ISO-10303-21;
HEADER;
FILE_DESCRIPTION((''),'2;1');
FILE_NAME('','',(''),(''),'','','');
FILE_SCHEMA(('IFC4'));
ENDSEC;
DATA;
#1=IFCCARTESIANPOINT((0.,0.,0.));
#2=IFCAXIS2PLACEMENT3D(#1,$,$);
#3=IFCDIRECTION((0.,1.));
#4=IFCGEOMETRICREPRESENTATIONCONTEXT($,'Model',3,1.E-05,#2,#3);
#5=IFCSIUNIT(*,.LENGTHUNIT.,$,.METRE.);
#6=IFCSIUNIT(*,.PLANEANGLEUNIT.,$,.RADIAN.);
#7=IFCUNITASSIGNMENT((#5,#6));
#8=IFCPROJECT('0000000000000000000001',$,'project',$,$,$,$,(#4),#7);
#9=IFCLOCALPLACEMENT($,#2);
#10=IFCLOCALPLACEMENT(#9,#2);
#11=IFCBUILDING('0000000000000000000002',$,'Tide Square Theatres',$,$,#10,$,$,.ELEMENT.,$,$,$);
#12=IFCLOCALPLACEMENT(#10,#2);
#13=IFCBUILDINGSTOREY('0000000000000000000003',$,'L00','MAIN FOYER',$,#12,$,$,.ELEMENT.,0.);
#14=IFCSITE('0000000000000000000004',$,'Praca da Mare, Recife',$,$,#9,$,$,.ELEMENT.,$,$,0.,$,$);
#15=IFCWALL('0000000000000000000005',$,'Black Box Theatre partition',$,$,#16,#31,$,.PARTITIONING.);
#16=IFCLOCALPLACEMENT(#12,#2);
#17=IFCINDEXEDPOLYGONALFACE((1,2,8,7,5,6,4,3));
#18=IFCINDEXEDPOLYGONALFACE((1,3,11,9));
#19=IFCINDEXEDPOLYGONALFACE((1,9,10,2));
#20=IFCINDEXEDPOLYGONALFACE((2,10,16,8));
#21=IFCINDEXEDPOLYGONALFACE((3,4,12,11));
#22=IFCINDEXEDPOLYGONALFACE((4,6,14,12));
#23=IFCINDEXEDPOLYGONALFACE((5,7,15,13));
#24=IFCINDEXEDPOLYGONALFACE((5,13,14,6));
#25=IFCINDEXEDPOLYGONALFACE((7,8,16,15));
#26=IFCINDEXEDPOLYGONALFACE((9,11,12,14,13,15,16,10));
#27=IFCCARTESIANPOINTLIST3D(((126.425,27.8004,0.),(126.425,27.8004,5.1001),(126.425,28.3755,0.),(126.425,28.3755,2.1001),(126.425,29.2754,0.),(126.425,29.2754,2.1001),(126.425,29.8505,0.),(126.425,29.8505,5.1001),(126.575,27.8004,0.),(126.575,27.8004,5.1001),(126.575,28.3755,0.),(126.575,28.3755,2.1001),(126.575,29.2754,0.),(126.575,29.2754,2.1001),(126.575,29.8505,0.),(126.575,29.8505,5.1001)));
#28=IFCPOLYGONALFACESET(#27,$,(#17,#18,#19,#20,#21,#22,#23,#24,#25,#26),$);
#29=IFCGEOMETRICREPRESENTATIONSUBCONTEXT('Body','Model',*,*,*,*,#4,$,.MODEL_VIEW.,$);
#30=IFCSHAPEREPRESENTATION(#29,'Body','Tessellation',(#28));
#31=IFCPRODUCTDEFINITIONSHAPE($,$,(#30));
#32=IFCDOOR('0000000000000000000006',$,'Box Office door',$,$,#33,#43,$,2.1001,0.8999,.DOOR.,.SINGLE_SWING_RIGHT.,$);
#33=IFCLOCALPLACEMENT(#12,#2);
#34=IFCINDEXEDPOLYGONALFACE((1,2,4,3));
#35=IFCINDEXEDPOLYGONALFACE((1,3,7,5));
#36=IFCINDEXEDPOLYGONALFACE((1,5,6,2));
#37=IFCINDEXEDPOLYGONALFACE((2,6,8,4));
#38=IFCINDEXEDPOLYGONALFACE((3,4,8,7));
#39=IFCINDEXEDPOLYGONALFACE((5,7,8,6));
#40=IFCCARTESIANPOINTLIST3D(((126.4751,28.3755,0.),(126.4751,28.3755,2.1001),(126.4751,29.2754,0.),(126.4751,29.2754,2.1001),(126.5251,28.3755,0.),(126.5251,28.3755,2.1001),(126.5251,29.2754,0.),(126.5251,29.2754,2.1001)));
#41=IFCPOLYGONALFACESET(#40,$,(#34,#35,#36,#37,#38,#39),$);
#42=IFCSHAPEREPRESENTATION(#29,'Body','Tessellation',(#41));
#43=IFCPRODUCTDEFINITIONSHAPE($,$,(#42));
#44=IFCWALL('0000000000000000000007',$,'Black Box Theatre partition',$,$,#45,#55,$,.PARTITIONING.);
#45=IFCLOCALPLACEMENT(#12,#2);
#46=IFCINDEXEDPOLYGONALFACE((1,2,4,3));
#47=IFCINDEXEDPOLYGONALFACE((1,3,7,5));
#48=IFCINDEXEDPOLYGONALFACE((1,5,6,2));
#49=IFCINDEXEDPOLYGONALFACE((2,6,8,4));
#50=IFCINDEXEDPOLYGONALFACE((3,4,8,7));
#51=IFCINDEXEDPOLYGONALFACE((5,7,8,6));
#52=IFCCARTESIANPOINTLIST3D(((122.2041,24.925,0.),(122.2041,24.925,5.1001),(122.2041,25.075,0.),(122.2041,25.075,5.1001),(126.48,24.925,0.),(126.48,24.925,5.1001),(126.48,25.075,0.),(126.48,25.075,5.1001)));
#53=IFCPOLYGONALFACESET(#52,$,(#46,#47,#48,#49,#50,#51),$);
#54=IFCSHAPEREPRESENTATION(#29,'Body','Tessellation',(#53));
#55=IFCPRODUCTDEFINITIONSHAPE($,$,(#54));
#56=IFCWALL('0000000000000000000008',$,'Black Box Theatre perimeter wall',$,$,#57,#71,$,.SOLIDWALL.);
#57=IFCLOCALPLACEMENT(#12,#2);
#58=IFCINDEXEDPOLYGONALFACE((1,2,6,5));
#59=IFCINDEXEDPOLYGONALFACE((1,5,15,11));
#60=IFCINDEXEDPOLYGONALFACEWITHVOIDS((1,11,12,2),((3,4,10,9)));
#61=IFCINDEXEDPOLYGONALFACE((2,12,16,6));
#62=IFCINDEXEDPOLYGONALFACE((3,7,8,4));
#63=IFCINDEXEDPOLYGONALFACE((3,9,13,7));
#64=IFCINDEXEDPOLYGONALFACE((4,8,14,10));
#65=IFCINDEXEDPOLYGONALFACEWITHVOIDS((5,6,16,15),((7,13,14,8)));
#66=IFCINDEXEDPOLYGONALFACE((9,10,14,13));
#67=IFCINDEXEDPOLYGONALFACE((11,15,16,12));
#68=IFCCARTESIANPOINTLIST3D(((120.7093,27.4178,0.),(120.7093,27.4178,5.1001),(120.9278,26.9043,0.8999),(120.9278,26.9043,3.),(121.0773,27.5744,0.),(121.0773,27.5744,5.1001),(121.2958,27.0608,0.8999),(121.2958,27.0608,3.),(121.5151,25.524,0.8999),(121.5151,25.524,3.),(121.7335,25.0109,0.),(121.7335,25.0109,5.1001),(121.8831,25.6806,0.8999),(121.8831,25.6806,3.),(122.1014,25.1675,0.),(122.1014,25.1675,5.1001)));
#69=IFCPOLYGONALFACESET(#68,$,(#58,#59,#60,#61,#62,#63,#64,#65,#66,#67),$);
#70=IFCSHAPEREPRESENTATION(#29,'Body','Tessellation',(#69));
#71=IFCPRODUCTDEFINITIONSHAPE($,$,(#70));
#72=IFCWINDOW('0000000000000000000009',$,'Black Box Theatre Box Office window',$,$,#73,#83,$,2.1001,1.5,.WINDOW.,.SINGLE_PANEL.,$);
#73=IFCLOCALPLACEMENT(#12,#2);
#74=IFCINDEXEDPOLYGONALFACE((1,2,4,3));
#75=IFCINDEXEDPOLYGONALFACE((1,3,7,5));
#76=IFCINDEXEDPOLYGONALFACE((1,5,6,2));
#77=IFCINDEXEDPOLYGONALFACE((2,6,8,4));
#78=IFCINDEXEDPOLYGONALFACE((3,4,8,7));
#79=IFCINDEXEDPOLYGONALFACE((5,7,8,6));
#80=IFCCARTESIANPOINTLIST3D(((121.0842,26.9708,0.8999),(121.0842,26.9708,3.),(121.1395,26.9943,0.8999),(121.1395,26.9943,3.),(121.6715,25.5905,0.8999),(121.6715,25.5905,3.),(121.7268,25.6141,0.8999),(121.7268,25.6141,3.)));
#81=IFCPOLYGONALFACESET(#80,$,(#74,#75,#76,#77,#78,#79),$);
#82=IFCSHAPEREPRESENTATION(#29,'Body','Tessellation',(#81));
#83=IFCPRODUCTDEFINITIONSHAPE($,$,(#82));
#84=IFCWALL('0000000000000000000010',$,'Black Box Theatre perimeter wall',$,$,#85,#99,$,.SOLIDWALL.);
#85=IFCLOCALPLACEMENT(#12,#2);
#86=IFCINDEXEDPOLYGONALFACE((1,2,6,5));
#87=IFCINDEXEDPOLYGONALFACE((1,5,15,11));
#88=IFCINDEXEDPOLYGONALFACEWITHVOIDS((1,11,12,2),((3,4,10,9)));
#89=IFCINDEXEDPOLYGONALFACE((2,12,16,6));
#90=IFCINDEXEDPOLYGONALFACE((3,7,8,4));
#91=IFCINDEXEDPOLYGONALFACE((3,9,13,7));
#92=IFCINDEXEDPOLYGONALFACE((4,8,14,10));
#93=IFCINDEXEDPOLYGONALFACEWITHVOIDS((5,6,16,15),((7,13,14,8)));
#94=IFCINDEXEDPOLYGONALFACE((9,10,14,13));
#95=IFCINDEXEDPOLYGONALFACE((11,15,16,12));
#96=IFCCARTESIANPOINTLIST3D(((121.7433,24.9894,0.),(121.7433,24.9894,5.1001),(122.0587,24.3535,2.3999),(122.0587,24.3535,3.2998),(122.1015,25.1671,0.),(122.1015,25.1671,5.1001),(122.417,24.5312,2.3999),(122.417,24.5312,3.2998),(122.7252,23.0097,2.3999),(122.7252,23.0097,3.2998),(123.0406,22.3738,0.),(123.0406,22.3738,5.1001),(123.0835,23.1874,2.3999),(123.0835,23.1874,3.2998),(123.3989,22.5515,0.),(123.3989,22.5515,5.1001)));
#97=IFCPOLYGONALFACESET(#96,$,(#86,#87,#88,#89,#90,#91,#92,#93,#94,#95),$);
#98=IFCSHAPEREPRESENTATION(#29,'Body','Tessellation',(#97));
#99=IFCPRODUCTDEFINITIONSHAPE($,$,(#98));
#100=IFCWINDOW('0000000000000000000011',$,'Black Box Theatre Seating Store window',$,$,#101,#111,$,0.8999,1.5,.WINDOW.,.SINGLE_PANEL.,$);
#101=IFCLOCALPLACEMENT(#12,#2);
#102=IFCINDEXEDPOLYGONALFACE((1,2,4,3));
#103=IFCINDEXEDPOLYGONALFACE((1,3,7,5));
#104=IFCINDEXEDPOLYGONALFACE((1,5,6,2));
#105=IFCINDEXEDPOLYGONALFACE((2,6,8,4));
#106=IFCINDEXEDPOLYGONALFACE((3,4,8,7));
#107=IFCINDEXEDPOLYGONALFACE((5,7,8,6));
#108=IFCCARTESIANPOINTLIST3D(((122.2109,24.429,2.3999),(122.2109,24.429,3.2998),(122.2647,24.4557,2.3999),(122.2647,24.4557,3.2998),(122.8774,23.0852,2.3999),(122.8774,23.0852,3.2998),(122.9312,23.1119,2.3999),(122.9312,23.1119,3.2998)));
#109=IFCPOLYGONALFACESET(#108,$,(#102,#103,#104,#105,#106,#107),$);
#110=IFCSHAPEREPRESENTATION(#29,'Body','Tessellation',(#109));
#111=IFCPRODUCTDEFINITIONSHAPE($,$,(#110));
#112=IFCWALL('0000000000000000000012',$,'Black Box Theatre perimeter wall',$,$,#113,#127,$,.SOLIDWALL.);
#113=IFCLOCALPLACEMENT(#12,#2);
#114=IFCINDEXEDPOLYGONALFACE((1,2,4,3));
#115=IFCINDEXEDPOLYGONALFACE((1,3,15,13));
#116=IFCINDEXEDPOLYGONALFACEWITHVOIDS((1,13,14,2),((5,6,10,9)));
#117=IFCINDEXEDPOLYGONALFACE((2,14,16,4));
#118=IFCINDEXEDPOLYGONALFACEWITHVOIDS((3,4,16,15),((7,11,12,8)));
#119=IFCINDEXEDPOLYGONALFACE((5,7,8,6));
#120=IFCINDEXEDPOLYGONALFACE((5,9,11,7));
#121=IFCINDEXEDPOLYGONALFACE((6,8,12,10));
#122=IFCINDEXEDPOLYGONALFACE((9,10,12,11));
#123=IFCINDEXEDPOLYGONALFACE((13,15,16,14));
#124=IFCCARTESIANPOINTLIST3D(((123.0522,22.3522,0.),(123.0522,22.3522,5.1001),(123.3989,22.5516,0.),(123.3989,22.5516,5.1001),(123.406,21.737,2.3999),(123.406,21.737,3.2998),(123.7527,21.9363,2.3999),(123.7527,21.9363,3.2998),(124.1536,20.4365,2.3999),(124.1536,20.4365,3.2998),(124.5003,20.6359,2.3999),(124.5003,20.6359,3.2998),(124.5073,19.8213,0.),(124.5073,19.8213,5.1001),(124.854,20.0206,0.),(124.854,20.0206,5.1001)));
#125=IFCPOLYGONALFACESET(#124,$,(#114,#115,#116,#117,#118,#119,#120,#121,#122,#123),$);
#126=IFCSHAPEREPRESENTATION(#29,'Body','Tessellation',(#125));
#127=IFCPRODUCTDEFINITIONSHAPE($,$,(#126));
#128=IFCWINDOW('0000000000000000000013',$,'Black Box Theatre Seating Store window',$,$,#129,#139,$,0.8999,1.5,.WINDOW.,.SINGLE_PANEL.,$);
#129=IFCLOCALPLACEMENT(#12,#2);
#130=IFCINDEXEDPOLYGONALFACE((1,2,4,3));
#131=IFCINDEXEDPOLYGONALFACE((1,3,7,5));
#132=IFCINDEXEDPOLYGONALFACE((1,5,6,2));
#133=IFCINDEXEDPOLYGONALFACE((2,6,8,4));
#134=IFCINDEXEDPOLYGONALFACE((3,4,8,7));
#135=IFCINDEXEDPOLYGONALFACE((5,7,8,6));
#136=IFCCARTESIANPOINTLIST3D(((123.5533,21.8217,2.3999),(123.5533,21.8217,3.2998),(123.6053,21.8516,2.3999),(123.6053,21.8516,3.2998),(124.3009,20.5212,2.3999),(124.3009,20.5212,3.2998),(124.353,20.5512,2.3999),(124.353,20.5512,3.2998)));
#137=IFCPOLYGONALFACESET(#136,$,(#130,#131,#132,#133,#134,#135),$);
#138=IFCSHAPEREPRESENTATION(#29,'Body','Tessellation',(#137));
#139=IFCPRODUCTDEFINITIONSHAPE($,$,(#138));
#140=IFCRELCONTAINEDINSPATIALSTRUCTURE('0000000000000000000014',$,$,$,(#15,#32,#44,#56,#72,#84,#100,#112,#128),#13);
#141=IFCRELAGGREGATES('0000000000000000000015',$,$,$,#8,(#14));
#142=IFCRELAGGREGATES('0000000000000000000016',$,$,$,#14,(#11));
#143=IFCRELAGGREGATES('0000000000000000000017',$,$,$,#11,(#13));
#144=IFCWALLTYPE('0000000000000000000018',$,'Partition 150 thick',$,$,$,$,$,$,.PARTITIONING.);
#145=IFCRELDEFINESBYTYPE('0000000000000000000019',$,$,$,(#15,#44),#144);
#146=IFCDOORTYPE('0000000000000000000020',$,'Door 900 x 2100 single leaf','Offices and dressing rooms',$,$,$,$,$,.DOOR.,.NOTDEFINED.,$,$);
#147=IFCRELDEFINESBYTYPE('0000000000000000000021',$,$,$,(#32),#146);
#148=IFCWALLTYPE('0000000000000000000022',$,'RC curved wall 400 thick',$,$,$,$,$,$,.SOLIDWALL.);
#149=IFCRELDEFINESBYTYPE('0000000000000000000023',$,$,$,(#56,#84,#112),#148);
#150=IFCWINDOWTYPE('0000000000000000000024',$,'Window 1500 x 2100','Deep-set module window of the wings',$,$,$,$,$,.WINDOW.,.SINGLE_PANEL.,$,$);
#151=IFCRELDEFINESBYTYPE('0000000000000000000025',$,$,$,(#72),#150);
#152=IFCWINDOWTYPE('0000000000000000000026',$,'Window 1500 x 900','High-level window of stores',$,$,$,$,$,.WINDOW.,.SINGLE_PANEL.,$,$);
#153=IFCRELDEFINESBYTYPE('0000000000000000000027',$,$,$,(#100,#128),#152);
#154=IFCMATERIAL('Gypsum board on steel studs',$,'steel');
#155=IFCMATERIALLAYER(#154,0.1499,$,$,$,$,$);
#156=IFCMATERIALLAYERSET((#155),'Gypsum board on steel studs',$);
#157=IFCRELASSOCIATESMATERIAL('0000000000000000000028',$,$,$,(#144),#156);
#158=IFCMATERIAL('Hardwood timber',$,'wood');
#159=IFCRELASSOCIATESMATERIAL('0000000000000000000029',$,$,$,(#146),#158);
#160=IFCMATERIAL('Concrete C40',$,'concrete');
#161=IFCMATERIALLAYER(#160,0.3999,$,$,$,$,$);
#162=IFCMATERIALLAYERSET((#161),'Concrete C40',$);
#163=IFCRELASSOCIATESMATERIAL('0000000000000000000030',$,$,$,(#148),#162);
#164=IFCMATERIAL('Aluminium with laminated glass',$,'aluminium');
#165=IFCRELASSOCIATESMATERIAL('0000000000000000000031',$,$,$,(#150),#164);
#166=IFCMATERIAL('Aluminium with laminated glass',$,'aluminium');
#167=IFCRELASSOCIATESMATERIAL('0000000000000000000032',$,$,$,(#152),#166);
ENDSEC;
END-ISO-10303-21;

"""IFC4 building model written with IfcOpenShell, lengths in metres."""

from ifc_helpers import new_model, si_unit, direction, frame, frame_2d, origin, place, context, subcontext, project, spatial, rectangle, extrude, material, layer, layer_set, type_object, element, fill, save


model = new_model("IFC4")

# Units and contexts
model_context = context("Model", 3, precision=1e-05, world=origin(), true_north=direction((0.0, 1.0)))
body_context = subcontext(model_context, "Body", "Model", "MODEL_VIEW")
ifc_project = project(units=[si_unit("LENGTHUNIT", "METRE"), si_unit("PLANEANGLEUNIT", "RADIAN")], contexts=[model_context])

# Site, building, storey
site_placement = place(None, origin())
site = spatial("IfcSite", under=ifc_project, at=site_placement, Name="Praca da Mare, Recife", CompositionType="ELEMENT", RefElevation=0.0)
building_placement = place(site_placement, origin())
building = spatial("IfcBuilding", under=site, at=building_placement, Name="Tide Square Theatres", CompositionType="ELEMENT")
storey_placement = place(building_placement, origin())
storey = spatial("IfcBuildingStorey", under=building, at=storey_placement, Name="L00", Description="MAIN FOYER", CompositionType="ELEMENT", Elevation=0.0)

# Shared definitions
ifc_material_1 = material(Name="Gypsum board on steel studs", Category="steel")
ifc_layer_1 = layer(ifc_material_1, 0.1499)
ifc_layer_set_1 = layer_set([ifc_layer_1], Name="Gypsum board on steel studs")
wall_type_1 = type_object("IfcWallType", Name="Partition 150 thick", PredefinedType="PARTITIONING", material=ifc_layer_set_1)

# Wall, opening, door
wall_1_placement = place(storey_placement, frame((126.5, 27.8005, 0.0), z_axis=(0.0, 0.0, 1.0), x_axis=(0.0, 1.0, 0.0)))
wall_1 = element("IfcWall", 1, at=wall_1_placement, inside=storey, type_object=wall_type_1, Name="Black Box Theatre partition", PredefinedType="PARTITIONING", context=body_context, shape_type="SweptSolid", body=[
    extrude(rectangle(XDim=2.05, YDim=0.1499, at=frame_2d((1.0249, 0.0))), origin(), (0.0, 0.0, 1.0), 5.1001),
])
opening_1_placement = place(wall_1_placement, frame((0.575, 0.0, 0.0)))
opening_1 = element("IfcOpeningElement", 2, at=opening_1_placement, cuts=wall_1, PredefinedType="OPENING", context=body_context, shape_type="SweptSolid", body=[
    extrude(rectangle(XDim=0.8999, YDim=2.1001, at=frame_2d((0.45, 1.05))), frame((0.0, 0.085, 0.0), z_axis=(0.0, -1.0, 0.0), x_axis=(1.0, 0.0, 0.0)), (0.0, 0.0, 1.0), 0.1699),
])
ifc_material_2 = material(Name="Hardwood timber", Category="wood")
door_type_1 = type_object("IfcDoorType", Name="Door 900 x 2100 single leaf", Description="Offices and dressing rooms", OperationType="NOTDEFINED", PredefinedType="DOOR", material=ifc_material_2)
door_1_placement = place(opening_1_placement, origin())
door_1 = element("IfcDoor", 3, at=door_1_placement, inside=storey, type_object=door_type_1, Name="Box Office door", OperationType="SINGLE_SWING_RIGHT", OverallHeight=2.1001, OverallWidth=0.8999, PredefinedType="DOOR", context=body_context, shape_type="SweptSolid", body=[
    extrude(rectangle(XDim=0.8999, YDim=2.1001, at=frame_2d((0.45, 1.05))), frame((0.0, 0.0249, 0.0), z_axis=(0.0, -1.0, 0.0), x_axis=(1.0, 0.0, 0.0)), (0.0, 0.0, 1.0), 0.05),
])
fill(opening_1, door_1)

# Wall
wall_2_placement = place(storey_placement, frame((126.48, 25.0, 0.0), z_axis=(0.0, 0.0, 1.0), x_axis=(-1.0, 0.0, 0.0)))
element("IfcWall", 4, at=wall_2_placement, inside=storey, type_object=wall_type_1, Name="Black Box Theatre partition", PredefinedType="PARTITIONING", context=body_context, shape_type="SweptSolid", body=[
    extrude(rectangle(XDim=4.2759, YDim=0.1499, at=frame_2d((2.1379, 0.0))), origin(), (0.0, 0.0, 1.0), 5.1001),
])

# Walls, openings, windows
ifc_material_3 = material(Name="Concrete C40", Category="concrete")
ifc_layer_2 = layer(ifc_material_3, 0.3999)
ifc_layer_set_2 = layer_set([ifc_layer_2], Name="Concrete C40")
wall_type_2 = type_object("IfcWallType", Name="RC curved wall 400 thick", PredefinedType="SOLIDWALL", material=ifc_layer_set_2)
wall_3_placement = place(storey_placement, frame((120.8933, 27.4961, 0.0), z_axis=(0.0, 0.0, 1.0), x_axis=(0.39153, -0.920165, 0.0)))
wall_3 = element("IfcWall", 5, at=wall_3_placement, inside=storey, type_object=wall_type_2, Name="Black Box Theatre perimeter wall", PredefinedType="SOLIDWALL", context=body_context, shape_type="SweptSolid", body=[
    extrude(rectangle(XDim=2.6157, YDim=0.3999, at=frame_2d((1.3079, 0.0))), origin(), (0.0, 0.0, 1.0), 5.1001),
])
opening_2_placement = place(wall_3_placement, frame((0.5581, 0.0, 0.8999)))
opening_2 = element("IfcOpeningElement", 6, at=opening_2_placement, cuts=wall_3, PredefinedType="OPENING", context=body_context, shape_type="SweptSolid", body=[
    extrude(rectangle(XDim=1.5, YDim=2.1001, at=frame_2d((0.75, 1.05))), frame((0.0, 0.21, 0.0), z_axis=(0.0, -1.0, 0.0), x_axis=(1.0, 0.0, 0.0)), (0.0, 0.0, 1.0), 0.4199),
])
ifc_material_4 = material(Name="Aluminium with laminated glass", Category="aluminium")
window_type_1 = type_object("IfcWindowType", Name="Window 1500 x 2100", Description="Deep-set module window of the wings", PartitioningType="SINGLE_PANEL", PredefinedType="WINDOW", material=ifc_material_4)
window_1_placement = place(opening_2_placement, origin())
window_1 = element("IfcWindow", 7, at=window_1_placement, inside=storey, type_object=window_type_1, Name="Black Box Theatre Box Office window", OverallHeight=2.1001, OverallWidth=1.5, PartitioningType="SINGLE_PANEL", PredefinedType="WINDOW", context=body_context, shape_type="SweptSolid", body=[
    extrude(rectangle(XDim=1.5, YDim=2.1001, at=frame_2d((0.75, 1.05))), frame((0.0, 0.03, 0.0), z_axis=(0.0, -1.0, 0.0), x_axis=(1.0, 0.0, 0.0)), (0.0, 0.0, 1.0), 0.0601),
])
fill(opening_2, window_1)
wall_4_placement = place(storey_placement, frame((121.9224, 25.0784, 0.0), z_axis=(0.0, 0.0, 1.0), x_axis=(0.444335, -0.895861, 0.0)))
wall_4 = element("IfcWall", 8, at=wall_4_placement, inside=storey, type_object=wall_type_2, Name="Black Box Theatre perimeter wall", PredefinedType="SOLIDWALL", context=body_context, shape_type="SweptSolid", body=[
    extrude(rectangle(XDim=2.9197, YDim=0.3999, at=frame_2d((1.46, 0.0))), origin(), (0.0, 0.0, 1.0), 5.1001),
])
opening_3_placement = place(wall_4_placement, frame((0.71, 0.0, 2.3999)))
opening_3 = element("IfcOpeningElement", 9, at=opening_3_placement, cuts=wall_4, PredefinedType="OPENING", context=body_context, shape_type="SweptSolid", body=[
    extrude(rectangle(XDim=1.5, YDim=0.8999, at=frame_2d((0.75, 0.45))), frame((0.0, 0.21, 0.0), z_axis=(0.0, -1.0, 0.0), x_axis=(1.0, 0.0, 0.0)), (0.0, 0.0, 1.0), 0.4199),
])
ifc_material_5 = material(Name="Aluminium with laminated glass", Category="aluminium")
window_type_2 = type_object("IfcWindowType", Name="Window 1500 x 900", Description="High-level window of stores", PartitioningType="SINGLE_PANEL", PredefinedType="WINDOW", material=ifc_material_5)
window_2_placement = place(opening_3_placement, origin())
window_2 = element("IfcWindow", 10, at=window_2_placement, inside=storey, type_object=window_type_2, Name="Black Box Theatre Seating Store window", OverallHeight=0.8999, OverallWidth=1.5, PartitioningType="SINGLE_PANEL", PredefinedType="WINDOW", context=body_context, shape_type="SweptSolid", body=[
    extrude(rectangle(XDim=1.5, YDim=0.8999, at=frame_2d((0.75, 0.45))), frame((0.0, 0.03, 0.0), z_axis=(0.0, -1.0, 0.0), x_axis=(1.0, 0.0, 0.0)), (0.0, 0.0, 1.0), 0.0601),
])
fill(opening_3, window_2)
wall_5_placement = place(storey_placement, frame((123.2256, 22.4519, 0.0), z_axis=(0.0, 0.0, 1.0), x_axis=(0.498407, -0.866943, 0.0)))
wall_5 = element("IfcWall", 11, at=wall_5_placement, inside=storey, type_object=wall_type_2, Name="Black Box Theatre perimeter wall", PredefinedType="SOLIDWALL", context=body_context, shape_type="SweptSolid", body=[
    extrude(rectangle(XDim=2.9194, YDim=0.3999, at=frame_2d((1.4597, 0.0))), origin(), (0.0, 0.0, 1.0), 5.1001),
])
opening_4_placement = place(wall_5_placement, frame((0.7097, 0.0, 2.3999)))
opening_4 = element("IfcOpeningElement", 12, at=opening_4_placement, cuts=wall_5, PredefinedType="OPENING", context=body_context, shape_type="SweptSolid", body=[
    extrude(rectangle(XDim=1.5, YDim=0.8999, at=frame_2d((0.75, 0.45))), frame((0.0, 0.21, 0.0), z_axis=(0.0, -1.0, 0.0), x_axis=(1.0, 0.0, 0.0)), (0.0, 0.0, 1.0), 0.4199),
])
window_3_placement = place(opening_4_placement, origin())
window_3 = element("IfcWindow", 13, at=window_3_placement, inside=storey, type_object=window_type_2, Name="Black Box Theatre Seating Store window", OverallHeight=0.8999, OverallWidth=1.5, PartitioningType="SINGLE_PANEL", PredefinedType="WINDOW", context=body_context, shape_type="SweptSolid", body=[
    extrude(rectangle(XDim=1.5, YDim=0.8999, at=frame_2d((0.75, 0.45))), frame((0.0, 0.03, 0.0), z_axis=(0.0, -1.0, 0.0), x_axis=(1.0, 0.0, 0.0)), (0.0, 0.0, 1.0), 0.0601),
])
fill(opening_4, window_3)

save(model, "model.ifc")
